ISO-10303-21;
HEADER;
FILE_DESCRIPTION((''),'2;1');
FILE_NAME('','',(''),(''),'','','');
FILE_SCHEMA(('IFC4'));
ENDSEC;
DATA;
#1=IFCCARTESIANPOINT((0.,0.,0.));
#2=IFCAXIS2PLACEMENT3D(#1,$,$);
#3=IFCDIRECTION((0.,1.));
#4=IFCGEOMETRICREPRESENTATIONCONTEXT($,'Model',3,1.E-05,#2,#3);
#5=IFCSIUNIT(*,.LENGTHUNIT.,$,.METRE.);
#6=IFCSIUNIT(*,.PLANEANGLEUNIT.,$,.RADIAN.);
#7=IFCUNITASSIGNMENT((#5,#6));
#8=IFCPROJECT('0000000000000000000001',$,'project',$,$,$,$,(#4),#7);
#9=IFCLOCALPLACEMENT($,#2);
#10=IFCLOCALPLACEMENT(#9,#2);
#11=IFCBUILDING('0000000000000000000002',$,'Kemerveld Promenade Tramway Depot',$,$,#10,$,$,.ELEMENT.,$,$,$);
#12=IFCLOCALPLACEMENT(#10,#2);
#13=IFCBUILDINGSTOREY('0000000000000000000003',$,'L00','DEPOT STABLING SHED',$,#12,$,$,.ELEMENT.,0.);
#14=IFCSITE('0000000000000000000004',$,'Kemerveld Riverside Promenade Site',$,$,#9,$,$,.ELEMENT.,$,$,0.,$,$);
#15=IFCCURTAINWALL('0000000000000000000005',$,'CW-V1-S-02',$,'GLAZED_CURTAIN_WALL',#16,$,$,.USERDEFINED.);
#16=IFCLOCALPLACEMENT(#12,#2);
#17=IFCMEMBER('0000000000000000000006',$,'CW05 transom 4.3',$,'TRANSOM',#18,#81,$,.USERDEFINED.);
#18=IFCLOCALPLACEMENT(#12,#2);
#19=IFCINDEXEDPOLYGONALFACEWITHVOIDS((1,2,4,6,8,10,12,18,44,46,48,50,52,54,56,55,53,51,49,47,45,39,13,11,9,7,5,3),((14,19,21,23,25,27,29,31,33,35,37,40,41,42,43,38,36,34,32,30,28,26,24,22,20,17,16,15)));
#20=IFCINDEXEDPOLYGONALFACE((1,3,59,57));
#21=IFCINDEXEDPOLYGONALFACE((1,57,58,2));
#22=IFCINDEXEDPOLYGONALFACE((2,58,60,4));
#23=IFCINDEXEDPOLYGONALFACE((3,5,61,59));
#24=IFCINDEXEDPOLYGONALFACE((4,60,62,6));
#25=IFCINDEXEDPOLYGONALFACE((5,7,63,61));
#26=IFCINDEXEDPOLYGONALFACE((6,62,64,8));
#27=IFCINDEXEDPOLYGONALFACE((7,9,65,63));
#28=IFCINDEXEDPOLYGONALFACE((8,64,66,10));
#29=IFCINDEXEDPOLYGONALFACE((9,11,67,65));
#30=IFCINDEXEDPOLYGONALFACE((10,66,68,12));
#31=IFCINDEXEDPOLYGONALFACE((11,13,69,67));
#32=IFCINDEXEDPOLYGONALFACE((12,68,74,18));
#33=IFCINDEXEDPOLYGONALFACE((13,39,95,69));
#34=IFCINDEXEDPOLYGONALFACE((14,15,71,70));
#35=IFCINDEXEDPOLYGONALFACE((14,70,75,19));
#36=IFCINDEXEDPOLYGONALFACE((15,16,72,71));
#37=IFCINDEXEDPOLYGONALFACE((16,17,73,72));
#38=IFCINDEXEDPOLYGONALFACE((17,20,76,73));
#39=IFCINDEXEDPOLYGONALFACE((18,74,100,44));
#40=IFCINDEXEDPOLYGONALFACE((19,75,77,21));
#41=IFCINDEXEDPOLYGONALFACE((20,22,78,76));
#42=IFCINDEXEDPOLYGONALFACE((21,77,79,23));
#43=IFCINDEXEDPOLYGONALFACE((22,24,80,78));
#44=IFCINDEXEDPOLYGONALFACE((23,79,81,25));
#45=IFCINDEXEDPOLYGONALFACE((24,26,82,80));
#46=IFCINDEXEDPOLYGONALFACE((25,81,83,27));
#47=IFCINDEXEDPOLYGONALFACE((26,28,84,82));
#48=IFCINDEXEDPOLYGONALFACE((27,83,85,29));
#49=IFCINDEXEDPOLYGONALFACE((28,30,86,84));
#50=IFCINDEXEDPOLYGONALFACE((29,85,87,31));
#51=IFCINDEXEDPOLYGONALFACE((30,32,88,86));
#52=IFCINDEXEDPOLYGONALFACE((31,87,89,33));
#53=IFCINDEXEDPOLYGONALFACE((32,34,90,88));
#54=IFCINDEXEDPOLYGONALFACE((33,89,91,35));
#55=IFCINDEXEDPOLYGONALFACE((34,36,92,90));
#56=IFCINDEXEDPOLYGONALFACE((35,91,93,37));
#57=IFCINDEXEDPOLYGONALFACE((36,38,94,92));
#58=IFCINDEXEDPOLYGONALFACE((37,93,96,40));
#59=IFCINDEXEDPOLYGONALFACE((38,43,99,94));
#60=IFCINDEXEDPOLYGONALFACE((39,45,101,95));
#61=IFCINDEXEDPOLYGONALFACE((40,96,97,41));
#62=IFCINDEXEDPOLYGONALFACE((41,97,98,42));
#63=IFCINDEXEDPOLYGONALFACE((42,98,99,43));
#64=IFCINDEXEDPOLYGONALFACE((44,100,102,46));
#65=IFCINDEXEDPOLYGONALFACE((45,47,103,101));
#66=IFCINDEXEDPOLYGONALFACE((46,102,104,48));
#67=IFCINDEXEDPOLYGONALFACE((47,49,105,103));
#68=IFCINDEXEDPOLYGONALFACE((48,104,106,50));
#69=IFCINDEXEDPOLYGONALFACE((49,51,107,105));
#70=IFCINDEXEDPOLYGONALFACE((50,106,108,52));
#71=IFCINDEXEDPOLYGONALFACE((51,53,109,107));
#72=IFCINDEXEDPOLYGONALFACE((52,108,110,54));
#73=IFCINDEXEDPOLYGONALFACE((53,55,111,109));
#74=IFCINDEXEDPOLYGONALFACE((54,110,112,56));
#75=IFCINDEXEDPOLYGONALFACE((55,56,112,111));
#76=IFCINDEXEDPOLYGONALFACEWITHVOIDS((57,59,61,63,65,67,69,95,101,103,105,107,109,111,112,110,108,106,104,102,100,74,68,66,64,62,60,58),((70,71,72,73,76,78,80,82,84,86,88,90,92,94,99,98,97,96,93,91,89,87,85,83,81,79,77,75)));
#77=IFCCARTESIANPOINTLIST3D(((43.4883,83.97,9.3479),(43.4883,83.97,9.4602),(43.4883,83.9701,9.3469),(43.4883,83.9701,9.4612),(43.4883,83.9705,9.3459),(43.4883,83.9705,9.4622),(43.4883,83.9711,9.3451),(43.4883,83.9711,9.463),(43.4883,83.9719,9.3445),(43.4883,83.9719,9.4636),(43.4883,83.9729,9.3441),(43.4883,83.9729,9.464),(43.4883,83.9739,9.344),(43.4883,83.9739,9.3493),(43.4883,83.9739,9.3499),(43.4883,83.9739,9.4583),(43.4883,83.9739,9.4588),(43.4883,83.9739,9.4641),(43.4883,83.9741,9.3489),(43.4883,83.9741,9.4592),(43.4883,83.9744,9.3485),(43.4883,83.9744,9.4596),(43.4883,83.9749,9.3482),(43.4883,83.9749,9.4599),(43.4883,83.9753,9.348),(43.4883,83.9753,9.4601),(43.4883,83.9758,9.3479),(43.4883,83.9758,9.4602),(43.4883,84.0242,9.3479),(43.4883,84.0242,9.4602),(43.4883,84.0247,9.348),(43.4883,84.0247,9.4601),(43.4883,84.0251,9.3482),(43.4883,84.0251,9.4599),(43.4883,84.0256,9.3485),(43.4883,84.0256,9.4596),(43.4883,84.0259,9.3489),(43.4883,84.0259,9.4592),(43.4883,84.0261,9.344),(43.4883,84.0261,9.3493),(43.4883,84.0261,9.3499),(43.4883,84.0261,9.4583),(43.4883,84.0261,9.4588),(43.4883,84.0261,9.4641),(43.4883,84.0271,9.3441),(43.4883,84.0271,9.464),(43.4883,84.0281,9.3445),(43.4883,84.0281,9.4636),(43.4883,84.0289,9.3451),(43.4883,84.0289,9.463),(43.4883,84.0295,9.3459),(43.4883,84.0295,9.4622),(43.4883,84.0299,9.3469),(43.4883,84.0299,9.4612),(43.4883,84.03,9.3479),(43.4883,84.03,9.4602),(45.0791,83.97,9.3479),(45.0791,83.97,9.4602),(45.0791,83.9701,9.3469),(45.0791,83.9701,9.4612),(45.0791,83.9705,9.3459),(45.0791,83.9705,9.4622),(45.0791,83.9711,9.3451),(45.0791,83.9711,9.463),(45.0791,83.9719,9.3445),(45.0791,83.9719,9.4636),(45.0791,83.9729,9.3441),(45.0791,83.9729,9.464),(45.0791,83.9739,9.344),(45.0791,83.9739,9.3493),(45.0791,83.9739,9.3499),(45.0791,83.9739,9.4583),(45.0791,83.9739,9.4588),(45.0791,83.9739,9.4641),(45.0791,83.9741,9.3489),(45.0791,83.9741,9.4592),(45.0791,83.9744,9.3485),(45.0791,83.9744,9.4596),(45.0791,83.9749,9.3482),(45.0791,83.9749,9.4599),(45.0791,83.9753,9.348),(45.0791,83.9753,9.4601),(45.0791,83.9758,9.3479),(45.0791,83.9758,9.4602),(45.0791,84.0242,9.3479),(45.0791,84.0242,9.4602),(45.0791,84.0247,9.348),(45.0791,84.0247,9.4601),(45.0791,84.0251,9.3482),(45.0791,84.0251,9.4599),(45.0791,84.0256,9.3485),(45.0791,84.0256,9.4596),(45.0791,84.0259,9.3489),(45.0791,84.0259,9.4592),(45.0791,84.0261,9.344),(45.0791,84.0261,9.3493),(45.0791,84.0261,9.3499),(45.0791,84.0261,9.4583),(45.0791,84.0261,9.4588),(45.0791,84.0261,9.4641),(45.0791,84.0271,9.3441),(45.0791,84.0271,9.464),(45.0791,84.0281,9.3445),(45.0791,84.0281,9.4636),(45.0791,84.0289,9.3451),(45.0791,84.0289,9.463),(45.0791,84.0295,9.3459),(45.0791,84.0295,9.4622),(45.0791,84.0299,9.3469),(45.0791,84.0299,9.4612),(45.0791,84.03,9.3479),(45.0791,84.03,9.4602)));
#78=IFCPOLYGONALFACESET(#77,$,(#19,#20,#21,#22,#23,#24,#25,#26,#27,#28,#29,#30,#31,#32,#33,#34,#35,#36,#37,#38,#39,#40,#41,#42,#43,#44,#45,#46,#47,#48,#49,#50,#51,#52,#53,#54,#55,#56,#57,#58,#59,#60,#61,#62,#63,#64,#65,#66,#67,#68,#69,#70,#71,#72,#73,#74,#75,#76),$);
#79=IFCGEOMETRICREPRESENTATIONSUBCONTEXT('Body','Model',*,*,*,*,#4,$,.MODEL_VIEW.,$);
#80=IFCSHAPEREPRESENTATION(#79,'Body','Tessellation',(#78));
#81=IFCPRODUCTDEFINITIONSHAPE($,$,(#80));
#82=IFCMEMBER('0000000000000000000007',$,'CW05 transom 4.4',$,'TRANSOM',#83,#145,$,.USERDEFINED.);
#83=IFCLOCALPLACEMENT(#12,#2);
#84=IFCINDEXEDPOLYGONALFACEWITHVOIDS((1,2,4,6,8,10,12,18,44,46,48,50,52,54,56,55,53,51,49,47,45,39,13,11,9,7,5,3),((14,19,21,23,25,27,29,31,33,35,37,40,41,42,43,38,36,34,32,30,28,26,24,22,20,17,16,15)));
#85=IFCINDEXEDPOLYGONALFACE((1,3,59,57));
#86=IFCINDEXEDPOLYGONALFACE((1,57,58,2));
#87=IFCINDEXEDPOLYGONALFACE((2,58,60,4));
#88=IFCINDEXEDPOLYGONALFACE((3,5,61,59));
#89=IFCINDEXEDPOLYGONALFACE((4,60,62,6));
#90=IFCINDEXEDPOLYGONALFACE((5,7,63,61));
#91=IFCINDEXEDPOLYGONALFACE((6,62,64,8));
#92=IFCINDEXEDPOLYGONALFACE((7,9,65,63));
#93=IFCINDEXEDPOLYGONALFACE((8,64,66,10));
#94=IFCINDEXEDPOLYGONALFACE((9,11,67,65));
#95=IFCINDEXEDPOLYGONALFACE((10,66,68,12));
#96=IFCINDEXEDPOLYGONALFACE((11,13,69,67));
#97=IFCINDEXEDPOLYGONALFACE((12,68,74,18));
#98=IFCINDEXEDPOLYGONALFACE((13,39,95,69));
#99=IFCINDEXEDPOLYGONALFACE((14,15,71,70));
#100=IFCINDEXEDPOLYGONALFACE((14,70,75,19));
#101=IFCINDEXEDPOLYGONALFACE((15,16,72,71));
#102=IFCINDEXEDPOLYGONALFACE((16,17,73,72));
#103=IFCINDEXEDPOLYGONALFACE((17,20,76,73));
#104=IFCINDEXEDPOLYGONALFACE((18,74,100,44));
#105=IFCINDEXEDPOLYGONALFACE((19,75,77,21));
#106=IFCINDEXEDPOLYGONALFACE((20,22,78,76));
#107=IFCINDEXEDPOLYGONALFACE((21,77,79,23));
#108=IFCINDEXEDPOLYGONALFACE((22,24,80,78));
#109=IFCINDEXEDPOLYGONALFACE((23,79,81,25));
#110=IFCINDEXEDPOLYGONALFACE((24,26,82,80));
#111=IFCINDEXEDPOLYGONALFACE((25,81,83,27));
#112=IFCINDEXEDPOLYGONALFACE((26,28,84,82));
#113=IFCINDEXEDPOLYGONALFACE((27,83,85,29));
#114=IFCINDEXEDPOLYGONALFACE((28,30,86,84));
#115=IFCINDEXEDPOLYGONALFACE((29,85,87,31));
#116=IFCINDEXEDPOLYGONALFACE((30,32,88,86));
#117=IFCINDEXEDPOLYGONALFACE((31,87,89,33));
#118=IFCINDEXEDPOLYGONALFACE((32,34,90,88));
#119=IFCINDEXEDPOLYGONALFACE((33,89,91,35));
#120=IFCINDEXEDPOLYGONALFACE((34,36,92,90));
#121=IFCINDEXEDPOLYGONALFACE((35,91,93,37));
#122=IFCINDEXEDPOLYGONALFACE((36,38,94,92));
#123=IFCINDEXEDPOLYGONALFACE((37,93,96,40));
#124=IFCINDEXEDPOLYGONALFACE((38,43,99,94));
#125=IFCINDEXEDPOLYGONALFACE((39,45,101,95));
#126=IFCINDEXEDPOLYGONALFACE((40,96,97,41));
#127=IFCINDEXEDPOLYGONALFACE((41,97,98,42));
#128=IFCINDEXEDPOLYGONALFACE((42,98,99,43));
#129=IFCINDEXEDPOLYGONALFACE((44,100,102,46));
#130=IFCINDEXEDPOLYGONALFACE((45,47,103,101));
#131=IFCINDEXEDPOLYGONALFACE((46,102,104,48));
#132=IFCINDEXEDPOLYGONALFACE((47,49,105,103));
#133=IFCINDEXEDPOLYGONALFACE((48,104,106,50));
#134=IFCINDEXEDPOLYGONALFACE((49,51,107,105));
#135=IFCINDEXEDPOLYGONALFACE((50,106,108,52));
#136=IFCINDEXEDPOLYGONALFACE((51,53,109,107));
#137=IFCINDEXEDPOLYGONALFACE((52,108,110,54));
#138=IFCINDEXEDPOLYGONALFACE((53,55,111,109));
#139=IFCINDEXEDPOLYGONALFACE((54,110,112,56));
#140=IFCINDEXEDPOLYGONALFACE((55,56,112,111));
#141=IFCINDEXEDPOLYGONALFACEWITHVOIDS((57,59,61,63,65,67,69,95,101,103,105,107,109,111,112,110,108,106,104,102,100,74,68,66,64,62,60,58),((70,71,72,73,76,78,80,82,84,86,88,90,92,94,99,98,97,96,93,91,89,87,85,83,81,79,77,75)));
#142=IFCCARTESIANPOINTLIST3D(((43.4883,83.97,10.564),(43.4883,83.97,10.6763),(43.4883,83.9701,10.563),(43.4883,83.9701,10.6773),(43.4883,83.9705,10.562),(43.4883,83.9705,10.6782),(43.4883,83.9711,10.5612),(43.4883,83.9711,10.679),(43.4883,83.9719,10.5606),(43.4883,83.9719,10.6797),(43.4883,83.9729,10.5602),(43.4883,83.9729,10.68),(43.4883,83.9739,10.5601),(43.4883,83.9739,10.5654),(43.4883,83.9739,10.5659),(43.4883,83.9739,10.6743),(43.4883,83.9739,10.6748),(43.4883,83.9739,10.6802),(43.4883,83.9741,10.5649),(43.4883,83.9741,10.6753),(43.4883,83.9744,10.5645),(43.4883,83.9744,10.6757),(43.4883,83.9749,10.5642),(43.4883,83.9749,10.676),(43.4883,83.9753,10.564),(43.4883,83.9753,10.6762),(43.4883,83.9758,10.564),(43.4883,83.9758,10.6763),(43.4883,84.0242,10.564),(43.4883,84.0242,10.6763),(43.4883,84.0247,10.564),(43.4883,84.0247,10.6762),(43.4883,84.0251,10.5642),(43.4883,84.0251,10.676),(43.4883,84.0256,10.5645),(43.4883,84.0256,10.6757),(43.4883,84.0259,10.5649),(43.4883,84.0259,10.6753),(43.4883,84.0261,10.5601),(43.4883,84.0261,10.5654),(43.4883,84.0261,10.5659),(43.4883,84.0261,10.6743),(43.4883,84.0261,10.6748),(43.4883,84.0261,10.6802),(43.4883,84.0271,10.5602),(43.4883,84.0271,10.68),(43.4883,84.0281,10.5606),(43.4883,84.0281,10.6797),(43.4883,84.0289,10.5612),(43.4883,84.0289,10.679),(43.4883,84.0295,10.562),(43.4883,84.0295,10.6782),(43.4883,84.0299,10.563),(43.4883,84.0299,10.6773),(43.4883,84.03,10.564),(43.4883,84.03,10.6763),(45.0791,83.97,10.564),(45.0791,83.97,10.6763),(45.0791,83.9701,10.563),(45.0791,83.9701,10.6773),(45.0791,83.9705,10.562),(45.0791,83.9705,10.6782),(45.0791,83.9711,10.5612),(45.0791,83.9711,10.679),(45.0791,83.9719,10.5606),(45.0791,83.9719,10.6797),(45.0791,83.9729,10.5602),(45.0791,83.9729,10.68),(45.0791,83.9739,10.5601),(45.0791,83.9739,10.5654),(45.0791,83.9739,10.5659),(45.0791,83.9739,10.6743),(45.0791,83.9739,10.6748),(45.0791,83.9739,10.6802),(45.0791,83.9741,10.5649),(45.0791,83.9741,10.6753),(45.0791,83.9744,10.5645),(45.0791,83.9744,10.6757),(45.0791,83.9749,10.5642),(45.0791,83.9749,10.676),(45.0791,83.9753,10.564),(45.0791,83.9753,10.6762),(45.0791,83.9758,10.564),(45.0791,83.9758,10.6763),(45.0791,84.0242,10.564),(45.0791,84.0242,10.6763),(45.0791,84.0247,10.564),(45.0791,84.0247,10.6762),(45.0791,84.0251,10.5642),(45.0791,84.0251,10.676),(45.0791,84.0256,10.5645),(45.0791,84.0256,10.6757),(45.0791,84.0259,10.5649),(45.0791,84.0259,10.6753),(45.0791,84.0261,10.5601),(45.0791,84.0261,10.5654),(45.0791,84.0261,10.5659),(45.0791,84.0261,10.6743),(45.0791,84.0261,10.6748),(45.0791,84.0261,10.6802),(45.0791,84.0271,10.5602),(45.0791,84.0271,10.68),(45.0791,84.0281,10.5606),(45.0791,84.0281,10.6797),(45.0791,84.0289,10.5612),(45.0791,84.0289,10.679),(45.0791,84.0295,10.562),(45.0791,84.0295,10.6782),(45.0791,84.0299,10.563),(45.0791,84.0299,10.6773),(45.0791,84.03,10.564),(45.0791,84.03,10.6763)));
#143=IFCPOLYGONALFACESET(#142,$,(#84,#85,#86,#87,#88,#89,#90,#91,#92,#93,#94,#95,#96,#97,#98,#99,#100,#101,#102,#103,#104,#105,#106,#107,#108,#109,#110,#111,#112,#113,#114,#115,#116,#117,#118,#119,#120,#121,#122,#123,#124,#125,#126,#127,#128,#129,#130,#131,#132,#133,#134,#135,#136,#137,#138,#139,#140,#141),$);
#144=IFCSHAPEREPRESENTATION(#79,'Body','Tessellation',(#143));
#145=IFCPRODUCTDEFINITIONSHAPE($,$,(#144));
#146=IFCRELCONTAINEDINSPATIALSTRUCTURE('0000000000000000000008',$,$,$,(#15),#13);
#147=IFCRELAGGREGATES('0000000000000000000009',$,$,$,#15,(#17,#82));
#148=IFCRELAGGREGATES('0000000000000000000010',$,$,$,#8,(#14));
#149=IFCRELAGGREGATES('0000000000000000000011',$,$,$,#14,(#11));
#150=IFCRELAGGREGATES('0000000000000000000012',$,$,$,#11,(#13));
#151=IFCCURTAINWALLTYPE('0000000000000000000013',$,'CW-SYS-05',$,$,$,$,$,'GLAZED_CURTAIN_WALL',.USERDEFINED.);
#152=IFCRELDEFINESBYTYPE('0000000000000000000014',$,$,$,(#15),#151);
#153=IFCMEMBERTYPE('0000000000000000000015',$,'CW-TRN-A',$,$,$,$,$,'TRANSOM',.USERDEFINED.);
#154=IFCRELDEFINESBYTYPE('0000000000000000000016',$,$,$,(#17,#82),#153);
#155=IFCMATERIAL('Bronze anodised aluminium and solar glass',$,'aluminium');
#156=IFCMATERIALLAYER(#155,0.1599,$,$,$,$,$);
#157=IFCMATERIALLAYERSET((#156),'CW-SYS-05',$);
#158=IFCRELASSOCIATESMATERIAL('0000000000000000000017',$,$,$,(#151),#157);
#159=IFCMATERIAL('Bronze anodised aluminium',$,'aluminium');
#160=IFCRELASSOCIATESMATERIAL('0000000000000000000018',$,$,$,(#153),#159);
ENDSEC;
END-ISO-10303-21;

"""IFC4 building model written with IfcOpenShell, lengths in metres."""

from ifc_helpers import new_model, si_unit, direction, frame, origin, origin_2d, place, context, subcontext, project, spatial, hollow_rectangle, extrude, material, layer, layer_set, material_profile, profile_set, type_object, element, aggregate, save


model = new_model("IFC4")

# Units and contexts
model_context = context("Model", 3, precision=1e-05, world=origin(), true_north=direction((0.0, 1.0)))
body_context = subcontext(model_context, "Body", "Model", "MODEL_VIEW")
ifc_project = project(units=[si_unit("LENGTHUNIT", "METRE"), si_unit("PLANEANGLEUNIT", "RADIAN")], contexts=[model_context])

# Site, building, storey
site_placement = place(None, origin())
site = spatial("IfcSite", under=ifc_project, at=site_placement, Name="Kemerveld Riverside Promenade Site", CompositionType="ELEMENT", RefElevation=0.0)
building_placement = place(site_placement, origin())
building = spatial("IfcBuilding", under=site, at=building_placement, Name="Kemerveld Promenade Tramway Depot", CompositionType="ELEMENT")
storey_placement = place(building_placement, origin())
storey = spatial("IfcBuildingStorey", under=building, at=storey_placement, Name="L00", Description="DEPOT STABLING SHED", CompositionType="ELEMENT", Elevation=0.0)

# Curtain wall, members
ifc_material_1 = material(Name="Bronze anodised aluminium and solar glass", Category="aluminium")
ifc_layer_1 = layer(ifc_material_1, 0.1599)
ifc_layer_set_1 = layer_set([ifc_layer_1], Name="CW-SYS-05")
curtain_wall_type_1 = type_object("IfcCurtainWallType", Name="CW-SYS-05", ElementType="GLAZED_CURTAIN_WALL", PredefinedType="USERDEFINED", material=ifc_layer_set_1)
curtain_wall_1_placement = place(storey_placement, origin())
curtain_wall_1 = element("IfcCurtainWall", 1, at=curtain_wall_1_placement, inside=storey, type_object=curtain_wall_type_1, Name="CW-V1-S-02", ObjectType="GLAZED_CURTAIN_WALL", PredefinedType="USERDEFINED")
ifc_material_2 = material(Name="Bronze anodised aluminium", Category="aluminium")
ifc_material_profile_1 = material_profile(ifc_material_2, hollow_rectangle(XDim=0.0601, YDim=0.1201, WallThickness=0.0039, InnerFilletRadius=0.002, OuterFilletRadius=0.0039, at=origin_2d()), Name="CW-TRN-120x60")
ifc_profile_set_1 = profile_set([ifc_material_profile_1], Name="Bronze anodised aluminium")
member_type_1 = type_object("IfcMemberType", Name="CW-TRN-A", ElementType="TRANSOM", PredefinedType="USERDEFINED", material=ifc_profile_set_1)
member_1_placement = place(storey_placement, frame((45.0791, 84.0, 9.4041), z_axis=(-1.0, 0.0, 0.0), x_axis=(0.0, -1.0, 0.0)))
member_1 = element("IfcMember", 2, at=member_1_placement, type_object=member_type_1, Name="CW05 transom 4.3", ObjectType="TRANSOM", PredefinedType="USERDEFINED", context=body_context, shape_type="SweptSolid", body=[
    extrude(hollow_rectangle(XDim=0.0601, YDim=0.1201, WallThickness=0.0039, InnerFilletRadius=0.002, OuterFilletRadius=0.0039, at=origin_2d()), origin(), (0.0, 0.0, 1.0), 1.5908),
])
member_2_placement = place(storey_placement, frame((45.0791, 84.0, 10.6201), z_axis=(-1.0, 0.0, 0.0), x_axis=(0.0, -1.0, 0.0)))
member_2 = element("IfcMember", 3, at=member_2_placement, type_object=member_type_1, Name="CW05 transom 4.4", ObjectType="TRANSOM", PredefinedType="USERDEFINED", context=body_context, shape_type="SweptSolid", body=[
    extrude(hollow_rectangle(XDim=0.0601, YDim=0.1201, WallThickness=0.0039, InnerFilletRadius=0.002, OuterFilletRadius=0.0039, at=origin_2d()), origin(), (0.0, 0.0, 1.0), 1.5908),
])

aggregate(curtain_wall_1, [member_1, member_2])

save(model, "model.ifc")
